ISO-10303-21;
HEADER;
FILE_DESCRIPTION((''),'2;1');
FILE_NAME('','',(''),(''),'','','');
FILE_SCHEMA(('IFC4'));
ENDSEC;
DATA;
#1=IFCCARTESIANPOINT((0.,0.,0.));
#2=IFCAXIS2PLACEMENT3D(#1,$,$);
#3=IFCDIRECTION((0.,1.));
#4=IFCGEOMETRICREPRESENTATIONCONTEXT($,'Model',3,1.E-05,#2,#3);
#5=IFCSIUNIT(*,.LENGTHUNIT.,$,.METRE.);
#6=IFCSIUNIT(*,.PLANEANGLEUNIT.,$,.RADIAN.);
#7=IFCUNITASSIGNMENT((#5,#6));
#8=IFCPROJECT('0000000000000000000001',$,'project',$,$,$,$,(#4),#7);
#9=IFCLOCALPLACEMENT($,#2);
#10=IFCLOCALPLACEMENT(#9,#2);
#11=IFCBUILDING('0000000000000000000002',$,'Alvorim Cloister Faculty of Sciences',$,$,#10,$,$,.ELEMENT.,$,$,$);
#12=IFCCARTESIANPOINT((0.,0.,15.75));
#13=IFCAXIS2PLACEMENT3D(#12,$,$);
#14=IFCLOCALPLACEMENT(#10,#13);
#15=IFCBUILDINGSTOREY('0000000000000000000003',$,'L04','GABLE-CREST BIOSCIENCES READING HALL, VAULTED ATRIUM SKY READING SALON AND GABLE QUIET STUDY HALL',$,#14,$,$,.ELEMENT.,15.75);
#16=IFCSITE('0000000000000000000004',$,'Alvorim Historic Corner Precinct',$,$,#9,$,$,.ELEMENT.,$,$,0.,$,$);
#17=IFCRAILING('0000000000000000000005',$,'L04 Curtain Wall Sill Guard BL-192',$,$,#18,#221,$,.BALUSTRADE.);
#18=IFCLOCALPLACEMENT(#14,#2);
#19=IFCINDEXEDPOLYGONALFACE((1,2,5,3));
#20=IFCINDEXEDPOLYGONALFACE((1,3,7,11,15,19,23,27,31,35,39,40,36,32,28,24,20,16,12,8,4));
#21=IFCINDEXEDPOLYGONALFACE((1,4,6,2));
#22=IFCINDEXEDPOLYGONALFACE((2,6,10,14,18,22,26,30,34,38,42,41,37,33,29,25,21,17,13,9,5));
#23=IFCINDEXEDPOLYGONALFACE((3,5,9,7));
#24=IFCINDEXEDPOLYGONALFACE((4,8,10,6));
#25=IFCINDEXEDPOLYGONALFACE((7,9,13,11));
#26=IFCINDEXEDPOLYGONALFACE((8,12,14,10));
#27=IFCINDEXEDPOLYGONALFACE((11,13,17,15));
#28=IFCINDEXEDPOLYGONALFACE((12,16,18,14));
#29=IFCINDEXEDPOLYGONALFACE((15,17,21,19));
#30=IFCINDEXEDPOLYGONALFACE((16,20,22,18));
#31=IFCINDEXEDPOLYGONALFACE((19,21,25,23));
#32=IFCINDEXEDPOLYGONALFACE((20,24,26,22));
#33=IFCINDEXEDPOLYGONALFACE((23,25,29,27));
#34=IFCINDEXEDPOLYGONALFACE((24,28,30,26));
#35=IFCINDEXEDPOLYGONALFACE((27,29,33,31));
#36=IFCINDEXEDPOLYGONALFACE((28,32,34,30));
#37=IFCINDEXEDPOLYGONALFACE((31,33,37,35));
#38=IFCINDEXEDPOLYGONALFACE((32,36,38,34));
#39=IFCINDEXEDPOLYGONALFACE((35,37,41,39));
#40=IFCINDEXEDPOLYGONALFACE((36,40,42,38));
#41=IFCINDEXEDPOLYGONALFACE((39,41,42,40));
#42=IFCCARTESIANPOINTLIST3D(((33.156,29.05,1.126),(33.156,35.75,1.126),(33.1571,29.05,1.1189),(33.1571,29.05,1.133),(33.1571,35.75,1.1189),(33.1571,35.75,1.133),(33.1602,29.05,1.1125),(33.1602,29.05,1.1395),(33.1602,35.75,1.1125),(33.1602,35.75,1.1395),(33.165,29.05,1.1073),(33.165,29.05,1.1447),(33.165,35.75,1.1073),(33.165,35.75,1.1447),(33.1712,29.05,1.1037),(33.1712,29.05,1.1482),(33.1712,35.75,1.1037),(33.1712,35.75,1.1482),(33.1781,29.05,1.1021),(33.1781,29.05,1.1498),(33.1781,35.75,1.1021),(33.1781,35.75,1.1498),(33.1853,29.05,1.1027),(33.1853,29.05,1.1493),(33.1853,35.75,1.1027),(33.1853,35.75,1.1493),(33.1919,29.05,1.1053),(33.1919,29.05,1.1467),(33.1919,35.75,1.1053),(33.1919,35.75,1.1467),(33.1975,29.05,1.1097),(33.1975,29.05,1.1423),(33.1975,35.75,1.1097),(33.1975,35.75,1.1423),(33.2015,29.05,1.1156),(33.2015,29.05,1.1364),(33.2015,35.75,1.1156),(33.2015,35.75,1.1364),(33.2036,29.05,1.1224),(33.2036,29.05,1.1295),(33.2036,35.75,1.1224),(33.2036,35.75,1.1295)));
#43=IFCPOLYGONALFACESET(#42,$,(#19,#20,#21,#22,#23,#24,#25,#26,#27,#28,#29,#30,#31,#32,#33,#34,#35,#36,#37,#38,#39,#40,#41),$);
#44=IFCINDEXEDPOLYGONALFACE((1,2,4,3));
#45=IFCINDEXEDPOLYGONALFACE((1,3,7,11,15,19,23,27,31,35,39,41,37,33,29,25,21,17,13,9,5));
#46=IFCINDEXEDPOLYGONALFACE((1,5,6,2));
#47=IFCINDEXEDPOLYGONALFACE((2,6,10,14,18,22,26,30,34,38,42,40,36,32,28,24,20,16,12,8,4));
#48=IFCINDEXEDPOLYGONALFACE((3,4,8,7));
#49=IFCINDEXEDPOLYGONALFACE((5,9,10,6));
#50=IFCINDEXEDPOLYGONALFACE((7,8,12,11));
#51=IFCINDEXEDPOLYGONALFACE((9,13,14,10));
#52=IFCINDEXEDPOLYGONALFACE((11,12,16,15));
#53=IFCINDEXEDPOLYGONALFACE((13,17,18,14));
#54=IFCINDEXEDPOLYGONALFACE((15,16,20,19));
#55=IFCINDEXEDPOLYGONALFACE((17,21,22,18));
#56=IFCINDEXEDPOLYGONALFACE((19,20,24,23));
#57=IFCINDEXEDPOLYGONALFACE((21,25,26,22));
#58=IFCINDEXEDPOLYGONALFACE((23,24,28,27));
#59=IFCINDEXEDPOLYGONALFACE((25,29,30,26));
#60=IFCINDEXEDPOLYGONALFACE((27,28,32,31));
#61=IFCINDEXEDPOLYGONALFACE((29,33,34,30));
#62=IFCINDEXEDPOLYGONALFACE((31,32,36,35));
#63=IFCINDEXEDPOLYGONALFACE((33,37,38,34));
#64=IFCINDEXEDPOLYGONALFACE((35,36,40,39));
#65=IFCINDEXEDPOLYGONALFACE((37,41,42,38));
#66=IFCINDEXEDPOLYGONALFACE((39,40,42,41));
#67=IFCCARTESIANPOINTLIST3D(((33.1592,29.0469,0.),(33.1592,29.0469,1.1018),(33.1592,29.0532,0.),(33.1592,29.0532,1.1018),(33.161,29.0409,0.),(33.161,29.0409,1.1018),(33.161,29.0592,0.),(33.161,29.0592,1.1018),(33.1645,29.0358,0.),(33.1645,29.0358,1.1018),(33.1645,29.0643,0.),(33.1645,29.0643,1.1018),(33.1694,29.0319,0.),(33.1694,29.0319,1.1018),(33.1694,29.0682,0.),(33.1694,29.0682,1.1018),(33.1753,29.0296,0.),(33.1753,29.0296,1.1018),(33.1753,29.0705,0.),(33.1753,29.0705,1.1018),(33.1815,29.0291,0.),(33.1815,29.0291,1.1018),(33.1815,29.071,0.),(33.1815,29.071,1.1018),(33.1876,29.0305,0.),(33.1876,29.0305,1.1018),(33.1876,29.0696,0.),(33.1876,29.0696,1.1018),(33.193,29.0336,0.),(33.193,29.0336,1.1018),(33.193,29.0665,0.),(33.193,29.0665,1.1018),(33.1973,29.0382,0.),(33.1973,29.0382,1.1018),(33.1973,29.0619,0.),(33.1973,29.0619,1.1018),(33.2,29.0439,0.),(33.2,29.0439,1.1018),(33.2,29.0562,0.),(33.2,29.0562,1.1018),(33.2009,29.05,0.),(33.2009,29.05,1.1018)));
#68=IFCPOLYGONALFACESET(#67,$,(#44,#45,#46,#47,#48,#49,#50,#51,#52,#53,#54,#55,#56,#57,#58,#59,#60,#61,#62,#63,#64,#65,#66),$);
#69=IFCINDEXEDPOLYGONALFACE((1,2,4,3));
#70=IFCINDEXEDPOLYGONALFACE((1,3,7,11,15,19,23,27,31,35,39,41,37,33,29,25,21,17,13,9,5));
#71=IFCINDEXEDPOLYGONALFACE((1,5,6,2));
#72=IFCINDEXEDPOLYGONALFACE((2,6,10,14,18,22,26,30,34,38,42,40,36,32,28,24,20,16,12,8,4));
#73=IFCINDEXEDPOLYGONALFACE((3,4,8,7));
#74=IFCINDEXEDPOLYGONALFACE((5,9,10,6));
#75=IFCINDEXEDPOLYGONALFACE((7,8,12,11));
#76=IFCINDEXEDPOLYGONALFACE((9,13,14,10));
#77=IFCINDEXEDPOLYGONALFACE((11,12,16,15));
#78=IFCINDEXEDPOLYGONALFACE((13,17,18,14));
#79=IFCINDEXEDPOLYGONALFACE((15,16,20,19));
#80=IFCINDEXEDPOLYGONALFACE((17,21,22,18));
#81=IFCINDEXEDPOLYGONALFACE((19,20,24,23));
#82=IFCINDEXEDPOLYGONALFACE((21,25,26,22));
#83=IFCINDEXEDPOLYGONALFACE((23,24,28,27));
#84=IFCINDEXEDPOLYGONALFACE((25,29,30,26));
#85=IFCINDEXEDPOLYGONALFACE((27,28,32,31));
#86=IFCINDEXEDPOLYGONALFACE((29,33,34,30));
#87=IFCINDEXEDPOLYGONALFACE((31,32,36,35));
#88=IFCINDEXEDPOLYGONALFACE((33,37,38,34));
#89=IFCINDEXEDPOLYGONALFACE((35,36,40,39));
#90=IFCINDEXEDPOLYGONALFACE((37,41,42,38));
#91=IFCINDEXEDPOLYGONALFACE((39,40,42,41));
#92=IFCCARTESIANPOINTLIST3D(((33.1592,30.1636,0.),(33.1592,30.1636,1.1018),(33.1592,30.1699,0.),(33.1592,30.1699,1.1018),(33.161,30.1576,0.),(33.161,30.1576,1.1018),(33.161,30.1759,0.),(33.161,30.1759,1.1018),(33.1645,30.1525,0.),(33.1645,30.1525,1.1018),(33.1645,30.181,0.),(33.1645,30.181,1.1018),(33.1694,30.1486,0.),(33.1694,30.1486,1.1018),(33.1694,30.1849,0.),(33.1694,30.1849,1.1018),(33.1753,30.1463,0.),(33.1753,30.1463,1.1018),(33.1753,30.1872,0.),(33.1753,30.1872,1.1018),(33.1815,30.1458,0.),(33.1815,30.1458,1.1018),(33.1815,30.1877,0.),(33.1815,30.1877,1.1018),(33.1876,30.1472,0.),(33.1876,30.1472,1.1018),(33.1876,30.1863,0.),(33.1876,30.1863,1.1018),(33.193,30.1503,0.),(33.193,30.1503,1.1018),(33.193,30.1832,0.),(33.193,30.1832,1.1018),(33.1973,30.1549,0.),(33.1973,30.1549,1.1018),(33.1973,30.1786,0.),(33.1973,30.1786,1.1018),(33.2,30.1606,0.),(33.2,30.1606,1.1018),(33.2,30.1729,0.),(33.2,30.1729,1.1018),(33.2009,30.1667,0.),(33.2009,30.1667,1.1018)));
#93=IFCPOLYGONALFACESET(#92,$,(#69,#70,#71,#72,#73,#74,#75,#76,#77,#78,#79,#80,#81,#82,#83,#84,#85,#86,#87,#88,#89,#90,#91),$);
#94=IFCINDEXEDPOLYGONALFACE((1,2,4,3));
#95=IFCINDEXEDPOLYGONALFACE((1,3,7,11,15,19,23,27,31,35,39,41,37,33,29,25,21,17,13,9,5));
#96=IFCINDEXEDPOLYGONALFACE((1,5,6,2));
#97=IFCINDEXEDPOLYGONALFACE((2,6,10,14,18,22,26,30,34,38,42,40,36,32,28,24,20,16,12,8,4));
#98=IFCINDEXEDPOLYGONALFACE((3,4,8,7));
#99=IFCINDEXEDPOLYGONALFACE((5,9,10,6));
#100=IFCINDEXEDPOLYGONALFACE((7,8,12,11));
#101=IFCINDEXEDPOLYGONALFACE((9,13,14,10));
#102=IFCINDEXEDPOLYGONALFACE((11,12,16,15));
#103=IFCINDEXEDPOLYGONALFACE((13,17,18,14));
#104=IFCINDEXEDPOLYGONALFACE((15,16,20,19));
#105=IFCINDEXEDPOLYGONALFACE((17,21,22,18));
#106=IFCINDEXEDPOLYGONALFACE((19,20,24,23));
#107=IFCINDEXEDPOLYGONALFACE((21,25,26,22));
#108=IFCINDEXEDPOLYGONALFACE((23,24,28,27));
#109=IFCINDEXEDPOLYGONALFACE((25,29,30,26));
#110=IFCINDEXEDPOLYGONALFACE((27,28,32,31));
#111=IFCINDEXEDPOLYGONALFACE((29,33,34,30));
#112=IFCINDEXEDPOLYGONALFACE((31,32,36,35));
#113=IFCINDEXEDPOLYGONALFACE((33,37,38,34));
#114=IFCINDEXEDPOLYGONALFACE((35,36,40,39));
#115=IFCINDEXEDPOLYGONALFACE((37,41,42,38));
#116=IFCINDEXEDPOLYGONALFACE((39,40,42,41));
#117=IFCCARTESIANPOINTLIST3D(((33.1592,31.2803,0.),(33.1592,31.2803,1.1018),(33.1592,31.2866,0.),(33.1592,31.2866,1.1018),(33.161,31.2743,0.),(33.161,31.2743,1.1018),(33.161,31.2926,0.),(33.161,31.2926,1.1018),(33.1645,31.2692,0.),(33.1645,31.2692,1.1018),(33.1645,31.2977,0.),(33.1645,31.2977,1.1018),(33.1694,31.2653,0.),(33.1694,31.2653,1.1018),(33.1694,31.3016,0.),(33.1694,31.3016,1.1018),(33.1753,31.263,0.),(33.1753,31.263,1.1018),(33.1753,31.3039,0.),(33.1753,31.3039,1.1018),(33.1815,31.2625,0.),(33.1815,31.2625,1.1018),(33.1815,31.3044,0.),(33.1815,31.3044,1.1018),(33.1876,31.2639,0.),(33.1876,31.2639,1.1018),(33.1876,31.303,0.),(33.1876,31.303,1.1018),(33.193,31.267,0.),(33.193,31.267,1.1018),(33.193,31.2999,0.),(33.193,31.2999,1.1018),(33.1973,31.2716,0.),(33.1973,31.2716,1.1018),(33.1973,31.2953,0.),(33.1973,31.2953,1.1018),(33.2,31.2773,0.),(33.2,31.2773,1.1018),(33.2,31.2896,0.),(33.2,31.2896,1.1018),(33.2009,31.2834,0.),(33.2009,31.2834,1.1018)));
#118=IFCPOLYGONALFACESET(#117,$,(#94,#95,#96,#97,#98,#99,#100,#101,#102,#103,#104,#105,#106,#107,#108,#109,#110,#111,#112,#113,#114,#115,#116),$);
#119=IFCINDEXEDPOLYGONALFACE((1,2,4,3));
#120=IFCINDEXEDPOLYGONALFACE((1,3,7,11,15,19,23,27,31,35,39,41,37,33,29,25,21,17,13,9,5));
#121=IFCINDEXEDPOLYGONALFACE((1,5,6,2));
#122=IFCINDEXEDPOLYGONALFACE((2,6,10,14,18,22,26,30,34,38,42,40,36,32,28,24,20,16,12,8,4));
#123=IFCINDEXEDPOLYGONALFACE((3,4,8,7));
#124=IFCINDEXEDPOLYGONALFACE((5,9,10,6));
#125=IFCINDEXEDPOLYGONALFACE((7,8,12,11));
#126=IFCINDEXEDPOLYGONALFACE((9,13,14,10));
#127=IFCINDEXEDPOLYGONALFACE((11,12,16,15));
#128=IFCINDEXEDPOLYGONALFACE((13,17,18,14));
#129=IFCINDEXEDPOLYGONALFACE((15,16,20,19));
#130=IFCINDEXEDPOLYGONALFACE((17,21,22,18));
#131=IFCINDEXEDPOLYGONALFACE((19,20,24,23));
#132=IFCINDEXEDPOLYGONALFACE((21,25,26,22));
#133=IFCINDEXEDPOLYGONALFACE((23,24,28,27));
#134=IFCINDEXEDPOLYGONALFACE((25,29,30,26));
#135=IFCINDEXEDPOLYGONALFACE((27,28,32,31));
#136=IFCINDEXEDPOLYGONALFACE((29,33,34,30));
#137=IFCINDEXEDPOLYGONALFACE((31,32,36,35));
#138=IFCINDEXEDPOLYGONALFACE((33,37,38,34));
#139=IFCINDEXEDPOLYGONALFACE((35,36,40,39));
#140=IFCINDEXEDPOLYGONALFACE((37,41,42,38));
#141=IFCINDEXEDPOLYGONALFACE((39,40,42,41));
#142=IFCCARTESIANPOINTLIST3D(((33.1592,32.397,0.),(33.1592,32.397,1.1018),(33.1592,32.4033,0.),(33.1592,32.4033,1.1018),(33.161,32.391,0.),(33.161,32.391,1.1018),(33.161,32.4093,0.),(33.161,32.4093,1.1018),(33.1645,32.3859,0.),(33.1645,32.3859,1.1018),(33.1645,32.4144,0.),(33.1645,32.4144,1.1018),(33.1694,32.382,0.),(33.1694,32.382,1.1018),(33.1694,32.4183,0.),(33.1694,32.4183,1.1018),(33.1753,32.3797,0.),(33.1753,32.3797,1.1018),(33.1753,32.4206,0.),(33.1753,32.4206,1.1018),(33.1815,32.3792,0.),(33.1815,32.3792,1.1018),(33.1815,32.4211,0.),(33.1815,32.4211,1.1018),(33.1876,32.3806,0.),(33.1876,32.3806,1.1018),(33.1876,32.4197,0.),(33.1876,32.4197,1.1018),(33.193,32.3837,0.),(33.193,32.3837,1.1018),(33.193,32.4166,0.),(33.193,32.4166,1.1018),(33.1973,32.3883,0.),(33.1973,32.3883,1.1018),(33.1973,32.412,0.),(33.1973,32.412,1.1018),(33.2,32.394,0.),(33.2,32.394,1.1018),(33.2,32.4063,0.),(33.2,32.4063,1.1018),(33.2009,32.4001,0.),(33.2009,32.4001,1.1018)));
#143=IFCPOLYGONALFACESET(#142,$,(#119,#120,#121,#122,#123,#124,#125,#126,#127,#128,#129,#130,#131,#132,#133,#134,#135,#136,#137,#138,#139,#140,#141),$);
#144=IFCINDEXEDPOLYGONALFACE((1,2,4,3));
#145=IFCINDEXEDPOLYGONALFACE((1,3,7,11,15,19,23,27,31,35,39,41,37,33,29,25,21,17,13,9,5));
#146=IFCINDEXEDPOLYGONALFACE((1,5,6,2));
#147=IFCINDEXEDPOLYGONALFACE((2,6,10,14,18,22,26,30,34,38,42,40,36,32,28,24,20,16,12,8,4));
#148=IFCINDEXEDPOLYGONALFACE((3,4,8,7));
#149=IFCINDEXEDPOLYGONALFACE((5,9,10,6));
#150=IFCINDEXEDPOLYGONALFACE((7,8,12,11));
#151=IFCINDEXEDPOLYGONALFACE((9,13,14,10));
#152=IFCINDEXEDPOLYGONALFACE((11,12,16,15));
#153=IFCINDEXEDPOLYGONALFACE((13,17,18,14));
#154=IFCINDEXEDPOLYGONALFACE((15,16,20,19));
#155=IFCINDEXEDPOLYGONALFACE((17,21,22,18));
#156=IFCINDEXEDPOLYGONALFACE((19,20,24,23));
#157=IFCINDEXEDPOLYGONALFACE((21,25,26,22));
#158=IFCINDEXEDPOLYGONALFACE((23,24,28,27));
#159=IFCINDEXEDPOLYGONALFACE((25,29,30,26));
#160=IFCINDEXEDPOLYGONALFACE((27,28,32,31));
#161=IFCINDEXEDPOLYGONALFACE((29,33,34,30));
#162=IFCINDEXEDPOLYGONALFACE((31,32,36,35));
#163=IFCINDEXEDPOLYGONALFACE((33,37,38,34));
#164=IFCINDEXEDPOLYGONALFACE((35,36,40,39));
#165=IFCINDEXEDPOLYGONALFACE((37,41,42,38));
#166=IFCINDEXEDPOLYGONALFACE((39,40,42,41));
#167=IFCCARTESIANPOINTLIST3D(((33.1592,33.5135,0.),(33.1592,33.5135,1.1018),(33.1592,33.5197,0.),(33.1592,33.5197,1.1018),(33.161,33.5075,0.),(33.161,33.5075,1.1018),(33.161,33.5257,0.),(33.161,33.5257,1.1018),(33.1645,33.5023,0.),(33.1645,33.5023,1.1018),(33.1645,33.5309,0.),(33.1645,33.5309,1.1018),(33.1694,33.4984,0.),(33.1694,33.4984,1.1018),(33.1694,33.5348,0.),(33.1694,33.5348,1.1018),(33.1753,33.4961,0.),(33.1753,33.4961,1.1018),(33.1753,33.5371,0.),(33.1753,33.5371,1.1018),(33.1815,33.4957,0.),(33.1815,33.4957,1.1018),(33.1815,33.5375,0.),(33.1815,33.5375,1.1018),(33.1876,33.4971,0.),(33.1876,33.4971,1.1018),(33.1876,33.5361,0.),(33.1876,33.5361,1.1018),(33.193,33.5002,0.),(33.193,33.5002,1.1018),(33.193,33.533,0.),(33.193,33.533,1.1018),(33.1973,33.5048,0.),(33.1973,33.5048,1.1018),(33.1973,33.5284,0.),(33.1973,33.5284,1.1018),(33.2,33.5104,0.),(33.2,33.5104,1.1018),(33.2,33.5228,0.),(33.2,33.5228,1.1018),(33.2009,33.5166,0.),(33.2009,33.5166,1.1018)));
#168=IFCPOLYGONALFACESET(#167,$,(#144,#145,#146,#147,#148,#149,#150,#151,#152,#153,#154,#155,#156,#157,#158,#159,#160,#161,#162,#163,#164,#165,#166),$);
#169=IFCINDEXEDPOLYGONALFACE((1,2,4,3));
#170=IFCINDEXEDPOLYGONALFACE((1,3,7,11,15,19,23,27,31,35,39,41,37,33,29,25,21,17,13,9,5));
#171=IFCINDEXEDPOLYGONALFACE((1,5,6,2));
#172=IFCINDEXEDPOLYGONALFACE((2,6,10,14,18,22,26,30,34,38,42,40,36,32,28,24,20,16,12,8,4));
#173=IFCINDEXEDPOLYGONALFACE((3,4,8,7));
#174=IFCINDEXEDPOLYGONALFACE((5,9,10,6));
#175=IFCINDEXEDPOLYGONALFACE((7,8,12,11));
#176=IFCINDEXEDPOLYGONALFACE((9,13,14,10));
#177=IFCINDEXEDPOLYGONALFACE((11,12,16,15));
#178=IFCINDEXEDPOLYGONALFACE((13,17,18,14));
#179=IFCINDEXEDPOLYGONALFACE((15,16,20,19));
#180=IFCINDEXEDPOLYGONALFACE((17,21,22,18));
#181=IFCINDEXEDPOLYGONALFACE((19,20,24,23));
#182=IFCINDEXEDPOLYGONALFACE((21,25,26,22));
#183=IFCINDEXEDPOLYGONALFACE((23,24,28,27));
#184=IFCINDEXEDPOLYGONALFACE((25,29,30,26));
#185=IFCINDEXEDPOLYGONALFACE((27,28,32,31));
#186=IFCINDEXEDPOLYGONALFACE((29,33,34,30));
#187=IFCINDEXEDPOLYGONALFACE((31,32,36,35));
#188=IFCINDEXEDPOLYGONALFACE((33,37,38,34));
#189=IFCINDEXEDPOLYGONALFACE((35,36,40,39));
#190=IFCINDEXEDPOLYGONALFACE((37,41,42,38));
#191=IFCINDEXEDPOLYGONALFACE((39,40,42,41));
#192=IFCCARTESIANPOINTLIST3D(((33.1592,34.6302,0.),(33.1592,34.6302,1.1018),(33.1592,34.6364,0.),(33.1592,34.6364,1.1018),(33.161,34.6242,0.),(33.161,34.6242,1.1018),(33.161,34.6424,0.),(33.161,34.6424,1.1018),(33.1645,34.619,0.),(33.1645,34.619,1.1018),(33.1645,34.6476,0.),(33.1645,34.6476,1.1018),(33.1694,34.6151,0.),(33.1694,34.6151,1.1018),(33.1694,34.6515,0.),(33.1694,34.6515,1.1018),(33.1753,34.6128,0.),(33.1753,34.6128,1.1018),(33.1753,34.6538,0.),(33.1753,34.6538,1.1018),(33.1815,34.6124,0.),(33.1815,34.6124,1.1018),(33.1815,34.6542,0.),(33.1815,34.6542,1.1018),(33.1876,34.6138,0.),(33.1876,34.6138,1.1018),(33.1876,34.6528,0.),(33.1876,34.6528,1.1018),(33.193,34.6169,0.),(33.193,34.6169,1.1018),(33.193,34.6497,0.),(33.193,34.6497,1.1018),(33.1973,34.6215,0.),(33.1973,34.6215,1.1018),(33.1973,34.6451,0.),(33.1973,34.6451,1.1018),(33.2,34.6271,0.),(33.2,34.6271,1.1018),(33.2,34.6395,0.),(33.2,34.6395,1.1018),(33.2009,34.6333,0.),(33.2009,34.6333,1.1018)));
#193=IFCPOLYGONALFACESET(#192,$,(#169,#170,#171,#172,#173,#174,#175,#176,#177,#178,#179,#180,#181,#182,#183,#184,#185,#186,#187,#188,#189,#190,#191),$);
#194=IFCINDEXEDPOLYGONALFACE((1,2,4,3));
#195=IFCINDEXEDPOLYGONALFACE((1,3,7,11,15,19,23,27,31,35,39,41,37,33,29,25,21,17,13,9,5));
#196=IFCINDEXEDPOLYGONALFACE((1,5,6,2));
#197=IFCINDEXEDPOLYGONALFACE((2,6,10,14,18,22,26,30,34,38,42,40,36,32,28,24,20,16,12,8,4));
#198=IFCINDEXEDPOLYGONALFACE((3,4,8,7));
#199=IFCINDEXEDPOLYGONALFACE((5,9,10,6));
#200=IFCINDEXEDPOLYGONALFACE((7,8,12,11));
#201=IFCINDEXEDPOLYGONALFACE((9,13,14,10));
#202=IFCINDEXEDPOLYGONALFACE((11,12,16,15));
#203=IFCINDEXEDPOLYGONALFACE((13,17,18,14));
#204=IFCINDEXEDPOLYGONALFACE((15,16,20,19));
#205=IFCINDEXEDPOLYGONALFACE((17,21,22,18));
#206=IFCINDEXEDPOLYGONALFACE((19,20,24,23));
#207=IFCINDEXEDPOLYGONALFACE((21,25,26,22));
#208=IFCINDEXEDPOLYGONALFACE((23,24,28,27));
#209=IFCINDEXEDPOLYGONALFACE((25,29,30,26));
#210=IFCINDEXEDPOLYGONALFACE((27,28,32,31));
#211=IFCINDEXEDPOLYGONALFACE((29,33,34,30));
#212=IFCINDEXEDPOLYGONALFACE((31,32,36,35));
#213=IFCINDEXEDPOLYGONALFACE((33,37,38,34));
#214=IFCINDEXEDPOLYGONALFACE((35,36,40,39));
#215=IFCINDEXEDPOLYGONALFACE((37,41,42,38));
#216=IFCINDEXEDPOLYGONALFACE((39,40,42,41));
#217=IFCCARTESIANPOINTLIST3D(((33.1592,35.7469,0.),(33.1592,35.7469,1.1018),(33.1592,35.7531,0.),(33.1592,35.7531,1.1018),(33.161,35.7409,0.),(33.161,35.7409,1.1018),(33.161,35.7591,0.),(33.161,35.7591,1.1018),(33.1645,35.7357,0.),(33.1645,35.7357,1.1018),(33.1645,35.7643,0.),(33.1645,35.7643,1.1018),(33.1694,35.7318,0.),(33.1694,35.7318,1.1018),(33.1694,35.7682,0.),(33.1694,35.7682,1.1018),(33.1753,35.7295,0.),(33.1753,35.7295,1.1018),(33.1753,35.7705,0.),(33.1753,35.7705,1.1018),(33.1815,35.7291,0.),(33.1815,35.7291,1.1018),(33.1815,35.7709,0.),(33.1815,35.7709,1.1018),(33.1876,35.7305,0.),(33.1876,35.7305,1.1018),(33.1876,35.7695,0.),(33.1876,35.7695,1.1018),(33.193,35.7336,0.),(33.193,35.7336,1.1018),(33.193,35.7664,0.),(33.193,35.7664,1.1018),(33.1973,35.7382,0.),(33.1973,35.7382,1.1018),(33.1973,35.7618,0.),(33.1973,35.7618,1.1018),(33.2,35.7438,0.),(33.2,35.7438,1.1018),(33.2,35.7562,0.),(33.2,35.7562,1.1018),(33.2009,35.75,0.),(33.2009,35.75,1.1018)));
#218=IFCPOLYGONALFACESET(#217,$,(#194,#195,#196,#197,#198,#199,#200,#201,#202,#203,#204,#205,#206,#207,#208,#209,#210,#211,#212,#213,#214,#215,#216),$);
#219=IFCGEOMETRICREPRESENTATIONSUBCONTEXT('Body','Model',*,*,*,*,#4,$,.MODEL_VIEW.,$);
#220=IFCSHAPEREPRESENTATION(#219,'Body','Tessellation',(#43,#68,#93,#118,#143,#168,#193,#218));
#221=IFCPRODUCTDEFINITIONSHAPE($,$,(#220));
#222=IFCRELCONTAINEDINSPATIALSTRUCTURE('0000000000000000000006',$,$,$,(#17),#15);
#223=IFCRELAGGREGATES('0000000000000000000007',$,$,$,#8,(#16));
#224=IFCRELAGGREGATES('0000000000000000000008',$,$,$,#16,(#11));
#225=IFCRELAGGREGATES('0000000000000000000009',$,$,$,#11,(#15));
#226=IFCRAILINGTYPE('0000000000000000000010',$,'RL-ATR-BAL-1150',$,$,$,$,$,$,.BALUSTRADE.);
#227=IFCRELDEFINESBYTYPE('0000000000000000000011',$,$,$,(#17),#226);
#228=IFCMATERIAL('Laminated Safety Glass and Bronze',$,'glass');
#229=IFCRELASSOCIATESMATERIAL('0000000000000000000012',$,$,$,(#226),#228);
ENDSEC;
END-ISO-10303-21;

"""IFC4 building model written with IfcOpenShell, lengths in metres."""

from ifc_helpers import new_model, si_unit, direction, frame, origin, origin_2d, place, context, subcontext, project, spatial, circle, extrude, material, type_object, element, save


model = new_model("IFC4")

# Units and contexts
model_context = context("Model", 3, precision=1e-05, world=origin(), true_north=direction((0.0, 1.0)))
body_context = subcontext(model_context, "Body", "Model", "MODEL_VIEW")
ifc_project = project(units=[si_unit("LENGTHUNIT", "METRE"), si_unit("PLANEANGLEUNIT", "RADIAN")], contexts=[model_context])

# Site, building, storey
site_placement = place(None, origin())
site = spatial("IfcSite", under=ifc_project, at=site_placement, Name="Alvorim Historic Corner Precinct", CompositionType="ELEMENT", RefElevation=0.0)
building_placement = place(site_placement, origin())
building = spatial("IfcBuilding", under=site, at=building_placement, Name="Alvorim Cloister Faculty of Sciences", CompositionType="ELEMENT")
storey_placement = place(building_placement, frame((0.0, 0.0, 15.75)))
storey = spatial("IfcBuildingStorey", under=building, at=storey_placement, Name="L04", Description="GABLE-CREST BIOSCIENCES READING HALL, VAULTED ATRIUM SKY READING SALON AND GABLE QUIET STUDY HALL", CompositionType="ELEMENT", Elevation=15.75)

# Railing
ifc_material_1 = material(Name="Laminated Safety Glass and Bronze", Category="glass")
railing_type = type_object("IfcRailingType", Name="RL-ATR-BAL-1150", PredefinedType="BALUSTRADE", material=ifc_material_1)
railing_placement = place(storey_placement, frame((33.1799, 29.05, 0.0)))
element("IfcRailing", 1, at=railing_placement, inside=storey, type_object=railing_type, Name="L04 Curtain Wall Sill Guard BL-192", PredefinedType="BALUSTRADE", context=body_context, shape_type="SweptSolid", body=[
    extrude(circle(Radius=0.0239, at=origin_2d()), frame((0.0, 0.0, 1.126), z_axis=(0.0, 1.0, 0.0), x_axis=(-1.0, 0.0, 0.0)), (0.0, 0.0, 1.0), 6.7),
    extrude(circle(Radius=0.021, at=origin_2d()), origin(), (0.0, 0.0, 1.0), 1.1018),
    extrude(circle(Radius=0.021, at=origin_2d()), frame((0.0, 1.1167, 0.0)), (0.0, 0.0, 1.0), 1.1018),
    extrude(circle(Radius=0.021, at=origin_2d()), frame((0.0, 2.2334, 0.0)), (0.0, 0.0, 1.0), 1.1018),
    extrude(circle(Radius=0.021, at=origin_2d()), frame((0.0, 3.3501, 0.0)), (0.0, 0.0, 1.0), 1.1018),
    extrude(circle(Radius=0.021, at=origin_2d()), frame((0.0, 4.4666, 0.0)), (0.0, 0.0, 1.0), 1.1018),
    extrude(circle(Radius=0.021, at=origin_2d()), frame((0.0, 5.5833, 0.0)), (0.0, 0.0, 1.0), 1.1018),
    extrude(circle(Radius=0.021, at=origin_2d()), frame((0.0, 6.7, 0.0)), (0.0, 0.0, 1.0), 1.1018),
])

save(model, "model.ifc")
